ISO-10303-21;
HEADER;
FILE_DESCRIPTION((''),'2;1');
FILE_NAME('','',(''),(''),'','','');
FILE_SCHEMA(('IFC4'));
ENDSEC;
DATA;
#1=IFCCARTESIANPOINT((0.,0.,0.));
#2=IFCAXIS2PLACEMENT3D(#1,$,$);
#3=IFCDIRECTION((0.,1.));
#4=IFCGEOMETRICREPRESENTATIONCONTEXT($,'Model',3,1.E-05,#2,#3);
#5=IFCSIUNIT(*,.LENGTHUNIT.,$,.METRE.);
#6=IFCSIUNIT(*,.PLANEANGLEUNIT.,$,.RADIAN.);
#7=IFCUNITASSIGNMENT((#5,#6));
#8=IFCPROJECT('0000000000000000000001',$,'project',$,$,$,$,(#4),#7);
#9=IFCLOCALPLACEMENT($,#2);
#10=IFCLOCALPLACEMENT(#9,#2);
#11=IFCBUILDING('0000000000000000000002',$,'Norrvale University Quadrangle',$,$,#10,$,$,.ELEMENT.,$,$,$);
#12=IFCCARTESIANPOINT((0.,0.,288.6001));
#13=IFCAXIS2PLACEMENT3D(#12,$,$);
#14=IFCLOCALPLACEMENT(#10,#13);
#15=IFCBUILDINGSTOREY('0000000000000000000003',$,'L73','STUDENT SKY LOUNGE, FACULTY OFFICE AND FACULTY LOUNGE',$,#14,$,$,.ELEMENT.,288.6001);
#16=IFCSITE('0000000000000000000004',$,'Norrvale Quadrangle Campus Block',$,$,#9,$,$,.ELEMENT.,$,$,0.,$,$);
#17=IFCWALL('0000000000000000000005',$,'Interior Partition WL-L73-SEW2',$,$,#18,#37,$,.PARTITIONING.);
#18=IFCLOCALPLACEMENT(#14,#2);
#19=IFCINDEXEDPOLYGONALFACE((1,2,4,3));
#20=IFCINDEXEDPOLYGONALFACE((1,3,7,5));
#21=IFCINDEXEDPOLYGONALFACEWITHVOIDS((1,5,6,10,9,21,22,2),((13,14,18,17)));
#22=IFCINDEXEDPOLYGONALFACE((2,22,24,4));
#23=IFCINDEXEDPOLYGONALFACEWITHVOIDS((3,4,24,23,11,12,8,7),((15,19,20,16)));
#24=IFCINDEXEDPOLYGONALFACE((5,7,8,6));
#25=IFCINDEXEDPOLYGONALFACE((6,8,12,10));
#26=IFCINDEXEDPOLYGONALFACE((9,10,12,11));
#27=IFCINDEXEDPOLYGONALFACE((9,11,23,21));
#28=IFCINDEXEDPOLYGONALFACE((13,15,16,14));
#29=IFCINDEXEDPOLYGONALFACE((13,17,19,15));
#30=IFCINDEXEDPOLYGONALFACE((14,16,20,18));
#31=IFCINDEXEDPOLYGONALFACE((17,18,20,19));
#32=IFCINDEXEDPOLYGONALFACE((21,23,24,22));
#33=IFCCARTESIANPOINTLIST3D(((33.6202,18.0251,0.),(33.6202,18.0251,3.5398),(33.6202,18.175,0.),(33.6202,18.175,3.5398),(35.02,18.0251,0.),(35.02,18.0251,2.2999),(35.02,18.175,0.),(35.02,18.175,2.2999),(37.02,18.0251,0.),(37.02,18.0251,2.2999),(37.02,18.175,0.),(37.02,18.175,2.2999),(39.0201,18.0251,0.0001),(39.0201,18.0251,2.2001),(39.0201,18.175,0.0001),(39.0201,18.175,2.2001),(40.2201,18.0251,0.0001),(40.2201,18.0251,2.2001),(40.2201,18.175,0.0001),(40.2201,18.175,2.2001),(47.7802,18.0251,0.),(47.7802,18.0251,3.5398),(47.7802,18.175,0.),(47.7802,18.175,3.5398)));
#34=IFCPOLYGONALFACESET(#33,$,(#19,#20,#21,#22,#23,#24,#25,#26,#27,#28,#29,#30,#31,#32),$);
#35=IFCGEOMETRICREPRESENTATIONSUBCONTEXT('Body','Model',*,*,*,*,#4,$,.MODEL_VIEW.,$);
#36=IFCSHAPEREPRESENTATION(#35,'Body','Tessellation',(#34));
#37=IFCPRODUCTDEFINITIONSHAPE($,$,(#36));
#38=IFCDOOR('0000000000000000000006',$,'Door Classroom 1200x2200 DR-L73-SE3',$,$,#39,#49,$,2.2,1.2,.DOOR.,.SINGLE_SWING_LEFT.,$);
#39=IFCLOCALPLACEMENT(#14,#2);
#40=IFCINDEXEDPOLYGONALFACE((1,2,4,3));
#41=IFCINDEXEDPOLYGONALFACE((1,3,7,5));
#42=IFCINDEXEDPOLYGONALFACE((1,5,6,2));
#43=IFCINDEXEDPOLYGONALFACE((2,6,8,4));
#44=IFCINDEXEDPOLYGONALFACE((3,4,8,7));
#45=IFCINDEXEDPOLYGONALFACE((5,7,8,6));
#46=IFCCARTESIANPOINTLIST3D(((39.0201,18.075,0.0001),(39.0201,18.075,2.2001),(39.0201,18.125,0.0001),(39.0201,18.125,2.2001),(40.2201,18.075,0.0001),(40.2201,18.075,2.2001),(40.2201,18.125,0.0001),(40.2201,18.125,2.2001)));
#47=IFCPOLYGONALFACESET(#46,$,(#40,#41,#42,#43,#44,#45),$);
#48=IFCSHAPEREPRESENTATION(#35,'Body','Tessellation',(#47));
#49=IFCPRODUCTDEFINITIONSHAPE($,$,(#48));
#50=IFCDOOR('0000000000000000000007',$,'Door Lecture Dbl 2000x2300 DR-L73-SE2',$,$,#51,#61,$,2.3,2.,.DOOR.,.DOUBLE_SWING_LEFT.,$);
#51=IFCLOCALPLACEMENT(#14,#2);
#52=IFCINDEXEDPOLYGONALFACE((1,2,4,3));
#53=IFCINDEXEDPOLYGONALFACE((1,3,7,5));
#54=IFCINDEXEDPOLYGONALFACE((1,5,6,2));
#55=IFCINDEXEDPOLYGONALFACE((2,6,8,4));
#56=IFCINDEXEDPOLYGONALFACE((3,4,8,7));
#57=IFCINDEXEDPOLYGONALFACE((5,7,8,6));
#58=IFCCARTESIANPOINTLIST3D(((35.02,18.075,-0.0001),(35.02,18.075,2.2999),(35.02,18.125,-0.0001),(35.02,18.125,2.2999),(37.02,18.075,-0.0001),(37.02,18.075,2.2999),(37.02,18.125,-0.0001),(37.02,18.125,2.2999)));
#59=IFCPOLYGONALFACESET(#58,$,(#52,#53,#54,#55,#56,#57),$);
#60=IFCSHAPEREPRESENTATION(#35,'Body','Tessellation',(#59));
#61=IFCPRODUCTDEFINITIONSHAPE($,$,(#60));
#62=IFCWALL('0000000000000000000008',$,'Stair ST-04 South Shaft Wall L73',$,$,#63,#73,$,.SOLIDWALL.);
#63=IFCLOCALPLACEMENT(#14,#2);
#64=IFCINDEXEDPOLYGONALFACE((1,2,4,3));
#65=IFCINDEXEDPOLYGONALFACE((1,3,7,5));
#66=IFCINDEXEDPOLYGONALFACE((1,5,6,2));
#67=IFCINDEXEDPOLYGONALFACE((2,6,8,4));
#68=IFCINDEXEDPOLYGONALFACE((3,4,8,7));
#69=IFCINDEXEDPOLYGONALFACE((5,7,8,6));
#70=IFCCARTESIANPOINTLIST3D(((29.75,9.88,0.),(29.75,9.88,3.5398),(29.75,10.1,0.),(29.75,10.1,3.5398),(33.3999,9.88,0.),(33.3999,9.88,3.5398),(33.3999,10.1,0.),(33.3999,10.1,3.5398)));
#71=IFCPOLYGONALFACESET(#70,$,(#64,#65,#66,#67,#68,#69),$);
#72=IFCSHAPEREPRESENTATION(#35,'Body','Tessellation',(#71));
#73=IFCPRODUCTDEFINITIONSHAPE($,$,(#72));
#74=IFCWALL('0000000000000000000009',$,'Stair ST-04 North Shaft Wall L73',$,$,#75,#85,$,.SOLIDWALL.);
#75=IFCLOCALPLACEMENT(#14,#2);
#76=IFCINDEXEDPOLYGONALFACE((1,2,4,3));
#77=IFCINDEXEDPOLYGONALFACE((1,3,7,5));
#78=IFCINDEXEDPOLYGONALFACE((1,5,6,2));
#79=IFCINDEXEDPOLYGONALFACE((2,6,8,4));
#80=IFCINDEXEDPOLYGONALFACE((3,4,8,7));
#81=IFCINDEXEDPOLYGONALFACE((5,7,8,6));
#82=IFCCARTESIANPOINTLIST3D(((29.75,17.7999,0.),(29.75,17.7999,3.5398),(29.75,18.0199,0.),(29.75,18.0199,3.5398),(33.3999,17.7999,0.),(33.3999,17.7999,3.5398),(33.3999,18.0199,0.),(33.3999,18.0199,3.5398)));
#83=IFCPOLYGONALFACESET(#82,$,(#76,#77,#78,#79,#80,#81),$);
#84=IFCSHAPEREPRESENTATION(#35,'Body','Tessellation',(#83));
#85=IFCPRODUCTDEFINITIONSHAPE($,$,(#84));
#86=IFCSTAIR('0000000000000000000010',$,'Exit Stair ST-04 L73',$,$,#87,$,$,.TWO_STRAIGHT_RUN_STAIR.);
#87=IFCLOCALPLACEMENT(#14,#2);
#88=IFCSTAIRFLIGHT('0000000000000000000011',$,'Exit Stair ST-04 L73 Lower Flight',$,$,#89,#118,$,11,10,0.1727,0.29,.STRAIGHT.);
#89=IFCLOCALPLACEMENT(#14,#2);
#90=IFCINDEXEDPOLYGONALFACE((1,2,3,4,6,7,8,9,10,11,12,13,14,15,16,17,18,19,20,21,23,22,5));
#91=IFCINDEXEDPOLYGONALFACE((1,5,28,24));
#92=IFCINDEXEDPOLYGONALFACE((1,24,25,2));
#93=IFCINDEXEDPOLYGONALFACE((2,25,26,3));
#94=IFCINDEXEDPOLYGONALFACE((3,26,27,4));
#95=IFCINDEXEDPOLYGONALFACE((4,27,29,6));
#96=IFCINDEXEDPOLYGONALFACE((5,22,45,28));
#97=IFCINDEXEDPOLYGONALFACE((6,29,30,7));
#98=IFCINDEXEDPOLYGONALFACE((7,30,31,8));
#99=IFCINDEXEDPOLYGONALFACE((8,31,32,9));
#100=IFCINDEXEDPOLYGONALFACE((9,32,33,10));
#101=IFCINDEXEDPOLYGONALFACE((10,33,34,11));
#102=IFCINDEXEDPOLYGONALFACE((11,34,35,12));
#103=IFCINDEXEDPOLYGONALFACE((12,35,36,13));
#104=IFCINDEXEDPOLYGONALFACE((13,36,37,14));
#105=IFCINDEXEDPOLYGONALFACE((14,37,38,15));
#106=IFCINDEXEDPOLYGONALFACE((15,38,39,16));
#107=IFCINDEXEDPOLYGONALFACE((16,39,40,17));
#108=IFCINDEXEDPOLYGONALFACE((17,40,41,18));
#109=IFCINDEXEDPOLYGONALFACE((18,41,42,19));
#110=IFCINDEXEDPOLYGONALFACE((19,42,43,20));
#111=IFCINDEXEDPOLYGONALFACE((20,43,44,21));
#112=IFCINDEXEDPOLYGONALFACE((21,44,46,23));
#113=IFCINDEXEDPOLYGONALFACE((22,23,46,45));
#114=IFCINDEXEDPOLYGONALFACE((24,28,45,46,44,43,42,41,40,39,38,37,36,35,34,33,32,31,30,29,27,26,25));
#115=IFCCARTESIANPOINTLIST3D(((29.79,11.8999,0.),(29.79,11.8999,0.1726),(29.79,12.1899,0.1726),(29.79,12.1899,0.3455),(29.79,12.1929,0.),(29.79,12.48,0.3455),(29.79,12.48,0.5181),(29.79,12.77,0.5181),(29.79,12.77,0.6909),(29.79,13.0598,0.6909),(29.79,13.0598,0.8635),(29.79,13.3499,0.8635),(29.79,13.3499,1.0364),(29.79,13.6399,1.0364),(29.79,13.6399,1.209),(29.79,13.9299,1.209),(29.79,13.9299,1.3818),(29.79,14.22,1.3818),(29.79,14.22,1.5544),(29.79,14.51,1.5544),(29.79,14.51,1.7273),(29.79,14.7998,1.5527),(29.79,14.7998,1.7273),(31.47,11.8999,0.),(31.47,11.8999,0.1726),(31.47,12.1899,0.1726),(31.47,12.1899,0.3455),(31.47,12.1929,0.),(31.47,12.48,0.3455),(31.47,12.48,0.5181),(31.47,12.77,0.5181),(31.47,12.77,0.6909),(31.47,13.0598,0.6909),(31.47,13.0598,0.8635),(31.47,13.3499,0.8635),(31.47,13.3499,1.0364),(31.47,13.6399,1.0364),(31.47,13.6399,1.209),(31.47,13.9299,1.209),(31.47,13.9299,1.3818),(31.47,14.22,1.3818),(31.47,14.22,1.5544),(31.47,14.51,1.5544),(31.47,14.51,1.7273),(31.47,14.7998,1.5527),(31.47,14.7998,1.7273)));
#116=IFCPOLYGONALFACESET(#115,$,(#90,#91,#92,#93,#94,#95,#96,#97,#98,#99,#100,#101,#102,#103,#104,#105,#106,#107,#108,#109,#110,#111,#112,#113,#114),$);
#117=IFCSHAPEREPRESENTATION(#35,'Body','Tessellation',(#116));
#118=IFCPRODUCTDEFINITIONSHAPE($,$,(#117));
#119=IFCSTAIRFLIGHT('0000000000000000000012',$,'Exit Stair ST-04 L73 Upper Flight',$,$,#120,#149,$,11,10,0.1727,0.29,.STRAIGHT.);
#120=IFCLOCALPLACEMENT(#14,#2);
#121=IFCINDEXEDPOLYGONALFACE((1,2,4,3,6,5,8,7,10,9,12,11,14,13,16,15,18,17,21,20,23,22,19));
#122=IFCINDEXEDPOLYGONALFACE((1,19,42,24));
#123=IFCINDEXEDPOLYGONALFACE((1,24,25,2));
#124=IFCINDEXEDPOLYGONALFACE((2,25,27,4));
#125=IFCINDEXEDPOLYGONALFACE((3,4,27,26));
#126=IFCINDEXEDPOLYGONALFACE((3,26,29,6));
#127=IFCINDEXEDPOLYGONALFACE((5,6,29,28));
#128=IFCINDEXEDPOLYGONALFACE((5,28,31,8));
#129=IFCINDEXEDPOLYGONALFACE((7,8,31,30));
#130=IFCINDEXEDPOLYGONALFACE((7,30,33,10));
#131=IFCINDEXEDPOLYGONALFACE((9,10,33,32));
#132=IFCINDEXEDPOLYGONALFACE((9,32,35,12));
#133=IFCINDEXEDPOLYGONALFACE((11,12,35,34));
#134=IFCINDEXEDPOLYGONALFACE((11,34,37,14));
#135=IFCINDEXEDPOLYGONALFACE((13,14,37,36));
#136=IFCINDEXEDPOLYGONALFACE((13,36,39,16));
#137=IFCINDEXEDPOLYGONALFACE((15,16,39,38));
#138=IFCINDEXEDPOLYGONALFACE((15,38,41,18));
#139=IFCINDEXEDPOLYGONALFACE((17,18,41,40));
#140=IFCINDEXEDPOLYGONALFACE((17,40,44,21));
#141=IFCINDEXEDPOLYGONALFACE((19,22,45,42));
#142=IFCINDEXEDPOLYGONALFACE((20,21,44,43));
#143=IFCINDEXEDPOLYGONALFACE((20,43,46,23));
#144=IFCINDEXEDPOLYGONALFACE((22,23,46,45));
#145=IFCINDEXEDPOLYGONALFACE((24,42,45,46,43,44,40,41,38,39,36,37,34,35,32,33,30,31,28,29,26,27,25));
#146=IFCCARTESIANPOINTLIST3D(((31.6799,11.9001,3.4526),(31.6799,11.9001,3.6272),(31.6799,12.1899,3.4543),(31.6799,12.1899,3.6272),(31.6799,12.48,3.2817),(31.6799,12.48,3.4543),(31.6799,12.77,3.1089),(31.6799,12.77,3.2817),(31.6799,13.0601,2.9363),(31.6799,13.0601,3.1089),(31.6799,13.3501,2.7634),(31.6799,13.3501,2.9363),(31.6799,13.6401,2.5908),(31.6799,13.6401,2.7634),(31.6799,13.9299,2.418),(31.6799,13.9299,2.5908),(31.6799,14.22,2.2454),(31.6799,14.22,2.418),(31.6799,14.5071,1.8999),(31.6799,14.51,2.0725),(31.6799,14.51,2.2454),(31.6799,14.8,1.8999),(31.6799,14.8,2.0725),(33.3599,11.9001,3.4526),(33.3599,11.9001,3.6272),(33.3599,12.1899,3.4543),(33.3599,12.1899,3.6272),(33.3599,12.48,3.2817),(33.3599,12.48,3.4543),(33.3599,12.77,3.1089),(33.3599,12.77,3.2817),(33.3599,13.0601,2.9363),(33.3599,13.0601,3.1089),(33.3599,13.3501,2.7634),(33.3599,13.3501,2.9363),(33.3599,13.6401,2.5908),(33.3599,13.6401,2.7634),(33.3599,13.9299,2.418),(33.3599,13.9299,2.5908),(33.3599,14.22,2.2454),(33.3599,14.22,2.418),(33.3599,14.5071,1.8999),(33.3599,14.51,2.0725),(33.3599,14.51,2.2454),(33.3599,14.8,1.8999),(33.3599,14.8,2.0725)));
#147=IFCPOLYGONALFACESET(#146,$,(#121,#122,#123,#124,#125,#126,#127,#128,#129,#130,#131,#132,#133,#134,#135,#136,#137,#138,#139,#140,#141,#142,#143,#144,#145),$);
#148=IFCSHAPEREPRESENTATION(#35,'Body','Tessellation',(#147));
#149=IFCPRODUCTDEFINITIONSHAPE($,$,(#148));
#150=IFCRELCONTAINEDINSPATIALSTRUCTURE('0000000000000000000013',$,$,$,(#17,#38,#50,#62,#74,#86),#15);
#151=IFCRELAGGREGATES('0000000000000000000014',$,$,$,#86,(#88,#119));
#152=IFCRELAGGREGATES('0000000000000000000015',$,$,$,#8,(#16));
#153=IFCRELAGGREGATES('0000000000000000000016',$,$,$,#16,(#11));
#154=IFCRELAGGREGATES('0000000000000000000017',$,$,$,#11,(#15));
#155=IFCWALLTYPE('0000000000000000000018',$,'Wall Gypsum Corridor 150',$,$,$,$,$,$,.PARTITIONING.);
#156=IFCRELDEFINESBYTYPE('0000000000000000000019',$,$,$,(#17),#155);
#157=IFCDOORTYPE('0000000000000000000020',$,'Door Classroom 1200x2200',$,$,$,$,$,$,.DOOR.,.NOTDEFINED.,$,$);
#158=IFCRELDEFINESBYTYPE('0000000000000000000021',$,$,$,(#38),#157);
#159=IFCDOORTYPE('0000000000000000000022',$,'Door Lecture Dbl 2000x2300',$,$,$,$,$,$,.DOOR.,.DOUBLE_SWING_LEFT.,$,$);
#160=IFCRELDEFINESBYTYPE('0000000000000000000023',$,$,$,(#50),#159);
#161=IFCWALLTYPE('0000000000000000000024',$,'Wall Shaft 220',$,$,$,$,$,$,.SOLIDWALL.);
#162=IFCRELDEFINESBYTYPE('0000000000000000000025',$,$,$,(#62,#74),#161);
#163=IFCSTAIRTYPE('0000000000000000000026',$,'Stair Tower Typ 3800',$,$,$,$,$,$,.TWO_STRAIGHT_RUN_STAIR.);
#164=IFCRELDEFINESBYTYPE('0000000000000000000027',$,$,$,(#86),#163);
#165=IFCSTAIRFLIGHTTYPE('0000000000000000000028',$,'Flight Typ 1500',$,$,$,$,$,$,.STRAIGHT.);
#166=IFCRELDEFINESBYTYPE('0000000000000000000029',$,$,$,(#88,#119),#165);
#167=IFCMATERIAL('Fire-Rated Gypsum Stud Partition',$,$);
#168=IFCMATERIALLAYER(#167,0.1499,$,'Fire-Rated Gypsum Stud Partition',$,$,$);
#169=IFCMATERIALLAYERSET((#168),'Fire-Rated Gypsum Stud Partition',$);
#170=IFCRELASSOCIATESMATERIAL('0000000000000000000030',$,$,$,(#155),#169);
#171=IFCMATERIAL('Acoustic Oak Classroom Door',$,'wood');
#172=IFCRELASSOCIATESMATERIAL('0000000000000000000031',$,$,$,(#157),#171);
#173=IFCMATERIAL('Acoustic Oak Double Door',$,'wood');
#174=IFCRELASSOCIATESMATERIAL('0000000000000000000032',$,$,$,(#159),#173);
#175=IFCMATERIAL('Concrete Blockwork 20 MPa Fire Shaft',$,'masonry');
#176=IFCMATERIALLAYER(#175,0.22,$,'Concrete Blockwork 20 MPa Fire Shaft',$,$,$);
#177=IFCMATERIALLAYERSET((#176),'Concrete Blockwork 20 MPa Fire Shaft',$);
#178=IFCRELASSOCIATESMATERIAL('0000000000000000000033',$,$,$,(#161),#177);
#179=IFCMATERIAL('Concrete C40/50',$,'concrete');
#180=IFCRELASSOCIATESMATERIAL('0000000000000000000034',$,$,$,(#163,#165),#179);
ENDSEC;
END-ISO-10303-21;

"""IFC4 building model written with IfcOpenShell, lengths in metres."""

from ifc_helpers import new_model, si_unit, direction, frame, frame_2d, origin, place, context, subcontext, project, spatial, polyline, rectangle, outline, extrude, material, layer, layer_set, type_object, element, fill, aggregate, save


model = new_model("IFC4")

# Units and contexts
model_context = context("Model", 3, precision=1e-05, world=origin(), true_north=direction((0.0, 1.0)))
body_context = subcontext(model_context, "Body", "Model", "MODEL_VIEW")
ifc_project = project(units=[si_unit("LENGTHUNIT", "METRE"), si_unit("PLANEANGLEUNIT", "RADIAN")], contexts=[model_context])

# Site, building, storey
site_placement = place(None, origin())
site = spatial("IfcSite", under=ifc_project, at=site_placement, Name="Norrvale Quadrangle Campus Block", CompositionType="ELEMENT", RefElevation=0.0)
building_placement = place(site_placement, origin())
building = spatial("IfcBuilding", under=site, at=building_placement, Name="Norrvale University Quadrangle", CompositionType="ELEMENT")
storey_placement = place(building_placement, frame((0.0, 0.0, 288.6001)))
storey = spatial("IfcBuildingStorey", under=building, at=storey_placement, Name="L73", Description="STUDENT SKY LOUNGE, FACULTY OFFICE AND FACULTY LOUNGE", CompositionType="ELEMENT", Elevation=288.6001)

# Shared definitions
ifc_material_1 = material(Name="Fire-Rated Gypsum Stud Partition")
ifc_layer_1 = layer(ifc_material_1, 0.1499, Name="Fire-Rated Gypsum Stud Partition")
ifc_layer_set_1 = layer_set([ifc_layer_1], Name="Fire-Rated Gypsum Stud Partition")
wall_type_1 = type_object("IfcWallType", Name="Wall Gypsum Corridor 150", PredefinedType="PARTITIONING", material=ifc_layer_set_1)

# Wall, openings, doors
wall_1_placement = place(storey_placement, frame((33.6201, 18.1001, 0.0), z_axis=(0.0, 0.0, 1.0), x_axis=(1.0, 0.0, 0.0)))
wall_1 = element("IfcWall", 1, at=wall_1_placement, inside=storey, type_object=wall_type_1, Name="Interior Partition WL-L73-SEW2", PredefinedType="PARTITIONING", context=body_context, shape_type="SweptSolid", body=[
    extrude(rectangle(XDim=14.1599, YDim=0.1499, at=frame_2d((7.0801, 0.0))), origin(), (0.0, 0.0, 1.0), 3.5398),
])
opening_1_placement = place(wall_1_placement, frame((1.3999, 0.0, 0.0)))
opening_1 = element("IfcOpeningElement", 2, at=opening_1_placement, cuts=wall_1, PredefinedType="OPENING", context=body_context, shape_type="SweptSolid", body=[
    extrude(rectangle(XDim=2.0, YDim=2.3, at=frame_2d((1.0, 1.1499))), frame((0.0, 0.0869, 0.0), z_axis=(0.0, -1.0, 0.0), x_axis=(1.0, 0.0, 0.0)), (0.0, 0.0, 1.0), 0.1738),
])
opening_2_placement = place(wall_1_placement, frame((5.3999, 0.0, 0.0)))
opening_2 = element("IfcOpeningElement", 3, at=opening_2_placement, cuts=wall_1, PredefinedType="OPENING", context=body_context, shape_type="SweptSolid", body=[
    extrude(rectangle(XDim=1.2, YDim=2.2, at=frame_2d((0.6001, 1.1001))), frame((0.0, 0.0869, 0.0), z_axis=(0.0, -1.0, 0.0), x_axis=(1.0, 0.0, 0.0)), (0.0, 0.0, 1.0), 0.1738),
])
ifc_material_2 = material(Name="Acoustic Oak Classroom Door", Category="wood")
door_type_1 = type_object("IfcDoorType", Name="Door Classroom 1200x2200", OperationType="NOTDEFINED", PredefinedType="DOOR", material=ifc_material_2)
door_1_placement = place(opening_2_placement, origin())
door_1 = element("IfcDoor", 4, at=door_1_placement, inside=storey, type_object=door_type_1, Name="Door Classroom 1200x2200 DR-L73-SE3", OperationType="SINGLE_SWING_LEFT", OverallHeight=2.2, OverallWidth=1.2, PredefinedType="DOOR", context=body_context, shape_type="SweptSolid", body=[
    extrude(rectangle(XDim=1.2, YDim=2.2, at=frame_2d((0.6001, 1.1001))), frame((0.0, 0.0249, 0.0), z_axis=(0.0, -1.0, 0.0), x_axis=(1.0, 0.0, 0.0)), (0.0, 0.0, 1.0), 0.05),
])
fill(opening_2, door_1)
ifc_material_3 = material(Name="Acoustic Oak Double Door", Category="wood")
door_type_2 = type_object("IfcDoorType", Name="Door Lecture Dbl 2000x2300", OperationType="DOUBLE_SWING_LEFT", PredefinedType="DOOR", material=ifc_material_3)
door_2_placement = place(opening_1_placement, origin())
door_2 = element("IfcDoor", 5, at=door_2_placement, inside=storey, type_object=door_type_2, Name="Door Lecture Dbl 2000x2300 DR-L73-SE2", OperationType="DOUBLE_SWING_LEFT", OverallHeight=2.3, OverallWidth=2.0, PredefinedType="DOOR", context=body_context, shape_type="SweptSolid", body=[
    extrude(rectangle(XDim=2.0, YDim=2.3, at=frame_2d((1.0, 1.1499))), frame((0.0, 0.0249, 0.0), z_axis=(0.0, -1.0, 0.0), x_axis=(1.0, 0.0, 0.0)), (0.0, 0.0, 1.0), 0.05),
])
fill(opening_1, door_2)

# Walls
ifc_material_4 = material(Name="Concrete Blockwork 20 MPa Fire Shaft", Category="masonry")
ifc_layer_2 = layer(ifc_material_4, 0.22, Name="Concrete Blockwork 20 MPa Fire Shaft")
ifc_layer_set_2 = layer_set([ifc_layer_2], Name="Concrete Blockwork 20 MPa Fire Shaft")
wall_type_2 = type_object("IfcWallType", Name="Wall Shaft 220", PredefinedType="SOLIDWALL", material=ifc_layer_set_2)
for number, where, z_axis, x_axis, name in (
    (6, (29.75, 9.99, 0.0), (0.0, 0.0, 1.0), (1.0, 0.0, 0.0), "Stair ST-04 South Shaft Wall L73"),
    (7, (29.75, 17.9099, 0.0), (0.0, 0.0, 1.0), (1.0, 0.0, 0.0), "Stair ST-04 North Shaft Wall L73"),
):
    element("IfcWall", number, at=place(storey_placement, frame(where, z_axis=z_axis, x_axis=x_axis)), inside=storey, type_object=wall_type_2, Name=name, PredefinedType="SOLIDWALL", context=body_context, shape_type="SweptSolid", body=[
        extrude(rectangle(XDim=3.6499, YDim=0.22, at=frame_2d((1.825, 0.0))), origin(), (0.0, 0.0, 1.0), 3.5398),
    ])

# Stair, stair flights
ifc_material_5 = material(Name="Concrete C40/50", Category="concrete")
stair_type = type_object("IfcStairType", Name="Stair Tower Typ 3800", PredefinedType="TWO_STRAIGHT_RUN_STAIR", material=ifc_material_5)
stair_placement = place(storey_placement, origin())
stair = element("IfcStair", 8, at=stair_placement, inside=storey, type_object=stair_type, Name="Exit Stair ST-04 L73", PredefinedType="TWO_STRAIGHT_RUN_STAIR")
stair_flight_type = type_object("IfcStairFlightType", Name="Flight Typ 1500", PredefinedType="STRAIGHT", material=ifc_material_5)
stair_flight_1_placement = place(storey_placement, frame((30.6299, 11.8999, 0.0), z_axis=(0.0, 0.0, 1.0), x_axis=(0.0, 1.0, 0.0)))
stair_flight_1 = element("IfcStairFlight", 9, at=stair_flight_1_placement, type_object=stair_flight_type, Name="Exit Stair ST-04 L73 Lower Flight", NumberOfRisers=11, NumberOfTreads=10, PredefinedType="STRAIGHT", RiserHeight=0.1727, TreadLength=0.29, context=body_context, shape_type="SweptSolid", body=[
    extrude(outline(polyline([(0.0, 0.0), (0.0, 0.1726), (0.29, 0.1726), (0.29, 0.3455), (0.5801, 0.3455), (0.5801, 0.5181), (0.8701, 0.5181), (0.8701, 0.6909), (1.1599, 0.6909), (1.1599, 0.8635), (1.45, 0.8635), (1.45, 1.0364), (1.74, 1.0364), (1.74, 1.209), (2.03, 1.209), (2.03, 1.3818), (2.3201, 1.3818), (2.3201, 1.5544), (2.6101, 1.5544), (2.6101, 1.7273), (2.8999, 1.7273), (2.8999, 1.8999), (2.8999, 1.5527), (0.293, 0.0), (0.0, 0.0)])), frame((0.0, 0.8398, 0.0), z_axis=(0.0, -1.0, 0.0), x_axis=(1.0, 0.0, 0.0)), (0.0, 0.0, 1.0), 1.6799),
])
stair_flight_2_placement = place(storey_placement, frame((32.52, 14.8, 1.8999), z_axis=(0.0, 0.0, 1.0), x_axis=(0.0, -1.0, 0.0)))
stair_flight_2 = element("IfcStairFlight", 10, at=stair_flight_2_placement, type_object=stair_flight_type, Name="Exit Stair ST-04 L73 Upper Flight", NumberOfRisers=11, NumberOfTreads=10, PredefinedType="STRAIGHT", RiserHeight=0.1727, TreadLength=0.29, context=body_context, shape_type="SweptSolid", body=[
    extrude(outline(polyline([(0.0, 0.0), (0.0, 0.1726), (0.29, 0.1726), (0.29, 0.3455), (0.5801, 0.3455), (0.5801, 0.5181), (0.8701, 0.5181), (0.8701, 0.6909), (1.1599, 0.6909), (1.1599, 0.8635), (1.45, 0.8635), (1.45, 1.0364), (1.74, 1.0364), (1.74, 1.209), (2.03, 1.209), (2.03, 1.3818), (2.3201, 1.3818), (2.3201, 1.5544), (2.6101, 1.5544), (2.6101, 1.7273), (2.8999, 1.7273), (2.8999, 1.8999), (2.8999, 1.5527), (0.293, 0.0), (0.0, 0.0)])), frame((0.0, 0.8398, 0.0), z_axis=(0.0, -1.0, 0.0), x_axis=(1.0, 0.0, 0.0)), (0.0, 0.0, 1.0), 1.6799),
])
aggregate(stair, [stair_flight_1, stair_flight_2])

save(model, "model.ifc")
